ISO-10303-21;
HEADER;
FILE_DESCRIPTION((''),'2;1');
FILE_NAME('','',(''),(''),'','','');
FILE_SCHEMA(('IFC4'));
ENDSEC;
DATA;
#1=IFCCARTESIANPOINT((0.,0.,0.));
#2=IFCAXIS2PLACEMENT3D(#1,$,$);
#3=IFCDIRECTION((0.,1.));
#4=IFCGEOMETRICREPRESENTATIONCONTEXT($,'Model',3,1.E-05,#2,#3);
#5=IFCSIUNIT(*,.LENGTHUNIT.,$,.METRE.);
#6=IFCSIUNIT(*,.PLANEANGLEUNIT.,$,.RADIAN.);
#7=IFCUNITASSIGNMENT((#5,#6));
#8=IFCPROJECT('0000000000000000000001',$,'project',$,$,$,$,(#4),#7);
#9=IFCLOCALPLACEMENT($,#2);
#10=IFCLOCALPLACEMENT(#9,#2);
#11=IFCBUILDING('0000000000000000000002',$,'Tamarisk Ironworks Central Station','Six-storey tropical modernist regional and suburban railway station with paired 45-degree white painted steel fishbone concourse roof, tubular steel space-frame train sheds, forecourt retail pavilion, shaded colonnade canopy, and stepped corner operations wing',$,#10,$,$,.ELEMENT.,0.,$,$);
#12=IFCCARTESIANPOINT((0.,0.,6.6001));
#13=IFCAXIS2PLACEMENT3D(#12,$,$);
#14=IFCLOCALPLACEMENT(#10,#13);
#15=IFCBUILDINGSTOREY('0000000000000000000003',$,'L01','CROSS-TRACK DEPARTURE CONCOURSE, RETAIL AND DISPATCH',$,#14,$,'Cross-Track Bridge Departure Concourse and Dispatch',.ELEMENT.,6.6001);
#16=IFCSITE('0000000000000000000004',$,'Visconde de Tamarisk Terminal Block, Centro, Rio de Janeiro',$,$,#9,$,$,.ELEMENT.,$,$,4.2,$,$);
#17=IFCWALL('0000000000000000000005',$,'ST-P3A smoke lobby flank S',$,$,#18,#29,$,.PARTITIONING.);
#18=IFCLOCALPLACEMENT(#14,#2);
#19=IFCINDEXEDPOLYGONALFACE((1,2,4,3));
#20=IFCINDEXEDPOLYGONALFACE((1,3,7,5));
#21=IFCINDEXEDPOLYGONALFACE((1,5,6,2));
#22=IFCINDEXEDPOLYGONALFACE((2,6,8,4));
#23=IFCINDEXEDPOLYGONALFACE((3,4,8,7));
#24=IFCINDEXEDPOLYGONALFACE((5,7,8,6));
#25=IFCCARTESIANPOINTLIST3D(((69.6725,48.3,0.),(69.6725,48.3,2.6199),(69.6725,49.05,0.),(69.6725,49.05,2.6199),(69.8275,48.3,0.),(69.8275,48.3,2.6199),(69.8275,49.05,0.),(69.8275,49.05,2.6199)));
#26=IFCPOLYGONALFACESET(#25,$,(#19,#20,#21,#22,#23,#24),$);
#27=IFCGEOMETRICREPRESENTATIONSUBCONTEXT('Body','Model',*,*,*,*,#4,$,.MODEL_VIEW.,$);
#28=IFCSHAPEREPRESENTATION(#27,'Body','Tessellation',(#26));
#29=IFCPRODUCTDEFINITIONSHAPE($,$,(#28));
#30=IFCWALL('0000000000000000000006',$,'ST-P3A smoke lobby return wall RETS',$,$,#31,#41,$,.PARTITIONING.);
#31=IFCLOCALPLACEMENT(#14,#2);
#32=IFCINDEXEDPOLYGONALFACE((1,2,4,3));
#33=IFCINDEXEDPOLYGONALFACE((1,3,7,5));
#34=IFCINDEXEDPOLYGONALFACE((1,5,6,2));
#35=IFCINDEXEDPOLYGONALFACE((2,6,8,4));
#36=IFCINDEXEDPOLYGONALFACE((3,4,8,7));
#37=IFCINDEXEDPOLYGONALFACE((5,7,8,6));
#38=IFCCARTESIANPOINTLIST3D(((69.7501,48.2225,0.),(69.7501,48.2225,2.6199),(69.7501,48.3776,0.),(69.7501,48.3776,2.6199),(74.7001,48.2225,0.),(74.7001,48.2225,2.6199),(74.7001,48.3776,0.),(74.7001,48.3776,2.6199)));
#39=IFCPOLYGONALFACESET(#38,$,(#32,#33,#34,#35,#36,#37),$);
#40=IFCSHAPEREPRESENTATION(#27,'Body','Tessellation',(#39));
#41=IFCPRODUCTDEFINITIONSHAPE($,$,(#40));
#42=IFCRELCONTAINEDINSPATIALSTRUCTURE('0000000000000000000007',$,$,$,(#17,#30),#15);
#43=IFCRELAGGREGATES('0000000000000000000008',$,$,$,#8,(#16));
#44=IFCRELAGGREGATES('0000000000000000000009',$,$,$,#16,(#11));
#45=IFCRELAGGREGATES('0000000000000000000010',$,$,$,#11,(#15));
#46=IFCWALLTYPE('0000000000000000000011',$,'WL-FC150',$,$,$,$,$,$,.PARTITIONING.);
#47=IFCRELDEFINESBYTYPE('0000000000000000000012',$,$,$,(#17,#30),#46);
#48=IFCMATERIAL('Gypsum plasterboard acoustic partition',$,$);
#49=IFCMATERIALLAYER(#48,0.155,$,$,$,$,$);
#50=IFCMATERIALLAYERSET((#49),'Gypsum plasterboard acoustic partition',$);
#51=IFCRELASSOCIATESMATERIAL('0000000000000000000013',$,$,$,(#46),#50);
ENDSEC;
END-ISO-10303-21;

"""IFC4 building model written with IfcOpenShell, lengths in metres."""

from ifc_helpers import new_model, si_unit, direction, frame, frame_2d, origin, place, context, subcontext, project, spatial, rectangle, extrude, material, layer, layer_set, type_object, element, save


model = new_model("IFC4")

# Units and contexts
model_context = context("Model", 3, precision=1e-05, world=origin(), true_north=direction((0.0, 1.0)))
body_context = subcontext(model_context, "Body", "Model", "MODEL_VIEW")
ifc_project = project(units=[si_unit("LENGTHUNIT", "METRE"), si_unit("PLANEANGLEUNIT", "RADIAN")], contexts=[model_context])

# Site, building, storey
site_placement = place(None, origin())
site = spatial("IfcSite", under=ifc_project, at=site_placement, Name="Visconde de Tamarisk Terminal Block, Centro, Rio de Janeiro", CompositionType="ELEMENT", RefElevation=4.2)
building_placement = place(site_placement, origin())
building = spatial("IfcBuilding", under=site, at=building_placement, Name="Tamarisk Ironworks Central Station", Description="Six-storey tropical modernist regional and suburban railway station with paired 45-degree white painted steel fishbone concourse roof, tubular steel space-frame train sheds, forecourt retail pavilion, shaded colonnade canopy, and stepped corner operations wing", CompositionType="ELEMENT", ElevationOfRefHeight=0.0)
storey_placement = place(building_placement, frame((0.0, 0.0, 6.6001)))
storey = spatial("IfcBuildingStorey", under=building, at=storey_placement, Name="L01", Description="CROSS-TRACK DEPARTURE CONCOURSE, RETAIL AND DISPATCH", LongName="Cross-Track Bridge Departure Concourse and Dispatch", CompositionType="ELEMENT", Elevation=6.6001)

# Walls
ifc_material_1 = material(Name="Gypsum plasterboard acoustic partition")
ifc_layer_1 = layer(ifc_material_1, 0.155)
ifc_layer_set_1 = layer_set([ifc_layer_1], Name="Gypsum plasterboard acoustic partition")
wall_type = type_object("IfcWallType", Name="WL-FC150", PredefinedType="PARTITIONING", material=ifc_layer_set_1)
wall_1_placement = place(storey_placement, frame((69.75, 48.3, 0.0), z_axis=(0.0, 0.0, 1.0), x_axis=(0.0, 1.0, 0.0)))
element("IfcWall", 1, at=wall_1_placement, inside=storey, type_object=wall_type, Name="ST-P3A smoke lobby flank S", PredefinedType="PARTITIONING", context=body_context, shape_type="SweptSolid", body=[
    extrude(rectangle(XDim=0.75, YDim=0.155, at=frame_2d((0.375, 0.0))), origin(), (0.0, 0.0, 1.0), 2.6199),
])
wall_2_placement = place(storey_placement, frame((69.75, 48.3, 0.0), z_axis=(0.0, 0.0, 1.0), x_axis=(1.0, 0.0, 0.0)))
element("IfcWall", 2, at=wall_2_placement, inside=storey, type_object=wall_type, Name="ST-P3A smoke lobby return wall RETS", PredefinedType="PARTITIONING", context=body_context, shape_type="SweptSolid", body=[
    extrude(rectangle(XDim=4.95, YDim=0.155, at=frame_2d((2.4751, 0.0))), origin(), (0.0, 0.0, 1.0), 2.6199),
])

save(model, "model.ifc")
